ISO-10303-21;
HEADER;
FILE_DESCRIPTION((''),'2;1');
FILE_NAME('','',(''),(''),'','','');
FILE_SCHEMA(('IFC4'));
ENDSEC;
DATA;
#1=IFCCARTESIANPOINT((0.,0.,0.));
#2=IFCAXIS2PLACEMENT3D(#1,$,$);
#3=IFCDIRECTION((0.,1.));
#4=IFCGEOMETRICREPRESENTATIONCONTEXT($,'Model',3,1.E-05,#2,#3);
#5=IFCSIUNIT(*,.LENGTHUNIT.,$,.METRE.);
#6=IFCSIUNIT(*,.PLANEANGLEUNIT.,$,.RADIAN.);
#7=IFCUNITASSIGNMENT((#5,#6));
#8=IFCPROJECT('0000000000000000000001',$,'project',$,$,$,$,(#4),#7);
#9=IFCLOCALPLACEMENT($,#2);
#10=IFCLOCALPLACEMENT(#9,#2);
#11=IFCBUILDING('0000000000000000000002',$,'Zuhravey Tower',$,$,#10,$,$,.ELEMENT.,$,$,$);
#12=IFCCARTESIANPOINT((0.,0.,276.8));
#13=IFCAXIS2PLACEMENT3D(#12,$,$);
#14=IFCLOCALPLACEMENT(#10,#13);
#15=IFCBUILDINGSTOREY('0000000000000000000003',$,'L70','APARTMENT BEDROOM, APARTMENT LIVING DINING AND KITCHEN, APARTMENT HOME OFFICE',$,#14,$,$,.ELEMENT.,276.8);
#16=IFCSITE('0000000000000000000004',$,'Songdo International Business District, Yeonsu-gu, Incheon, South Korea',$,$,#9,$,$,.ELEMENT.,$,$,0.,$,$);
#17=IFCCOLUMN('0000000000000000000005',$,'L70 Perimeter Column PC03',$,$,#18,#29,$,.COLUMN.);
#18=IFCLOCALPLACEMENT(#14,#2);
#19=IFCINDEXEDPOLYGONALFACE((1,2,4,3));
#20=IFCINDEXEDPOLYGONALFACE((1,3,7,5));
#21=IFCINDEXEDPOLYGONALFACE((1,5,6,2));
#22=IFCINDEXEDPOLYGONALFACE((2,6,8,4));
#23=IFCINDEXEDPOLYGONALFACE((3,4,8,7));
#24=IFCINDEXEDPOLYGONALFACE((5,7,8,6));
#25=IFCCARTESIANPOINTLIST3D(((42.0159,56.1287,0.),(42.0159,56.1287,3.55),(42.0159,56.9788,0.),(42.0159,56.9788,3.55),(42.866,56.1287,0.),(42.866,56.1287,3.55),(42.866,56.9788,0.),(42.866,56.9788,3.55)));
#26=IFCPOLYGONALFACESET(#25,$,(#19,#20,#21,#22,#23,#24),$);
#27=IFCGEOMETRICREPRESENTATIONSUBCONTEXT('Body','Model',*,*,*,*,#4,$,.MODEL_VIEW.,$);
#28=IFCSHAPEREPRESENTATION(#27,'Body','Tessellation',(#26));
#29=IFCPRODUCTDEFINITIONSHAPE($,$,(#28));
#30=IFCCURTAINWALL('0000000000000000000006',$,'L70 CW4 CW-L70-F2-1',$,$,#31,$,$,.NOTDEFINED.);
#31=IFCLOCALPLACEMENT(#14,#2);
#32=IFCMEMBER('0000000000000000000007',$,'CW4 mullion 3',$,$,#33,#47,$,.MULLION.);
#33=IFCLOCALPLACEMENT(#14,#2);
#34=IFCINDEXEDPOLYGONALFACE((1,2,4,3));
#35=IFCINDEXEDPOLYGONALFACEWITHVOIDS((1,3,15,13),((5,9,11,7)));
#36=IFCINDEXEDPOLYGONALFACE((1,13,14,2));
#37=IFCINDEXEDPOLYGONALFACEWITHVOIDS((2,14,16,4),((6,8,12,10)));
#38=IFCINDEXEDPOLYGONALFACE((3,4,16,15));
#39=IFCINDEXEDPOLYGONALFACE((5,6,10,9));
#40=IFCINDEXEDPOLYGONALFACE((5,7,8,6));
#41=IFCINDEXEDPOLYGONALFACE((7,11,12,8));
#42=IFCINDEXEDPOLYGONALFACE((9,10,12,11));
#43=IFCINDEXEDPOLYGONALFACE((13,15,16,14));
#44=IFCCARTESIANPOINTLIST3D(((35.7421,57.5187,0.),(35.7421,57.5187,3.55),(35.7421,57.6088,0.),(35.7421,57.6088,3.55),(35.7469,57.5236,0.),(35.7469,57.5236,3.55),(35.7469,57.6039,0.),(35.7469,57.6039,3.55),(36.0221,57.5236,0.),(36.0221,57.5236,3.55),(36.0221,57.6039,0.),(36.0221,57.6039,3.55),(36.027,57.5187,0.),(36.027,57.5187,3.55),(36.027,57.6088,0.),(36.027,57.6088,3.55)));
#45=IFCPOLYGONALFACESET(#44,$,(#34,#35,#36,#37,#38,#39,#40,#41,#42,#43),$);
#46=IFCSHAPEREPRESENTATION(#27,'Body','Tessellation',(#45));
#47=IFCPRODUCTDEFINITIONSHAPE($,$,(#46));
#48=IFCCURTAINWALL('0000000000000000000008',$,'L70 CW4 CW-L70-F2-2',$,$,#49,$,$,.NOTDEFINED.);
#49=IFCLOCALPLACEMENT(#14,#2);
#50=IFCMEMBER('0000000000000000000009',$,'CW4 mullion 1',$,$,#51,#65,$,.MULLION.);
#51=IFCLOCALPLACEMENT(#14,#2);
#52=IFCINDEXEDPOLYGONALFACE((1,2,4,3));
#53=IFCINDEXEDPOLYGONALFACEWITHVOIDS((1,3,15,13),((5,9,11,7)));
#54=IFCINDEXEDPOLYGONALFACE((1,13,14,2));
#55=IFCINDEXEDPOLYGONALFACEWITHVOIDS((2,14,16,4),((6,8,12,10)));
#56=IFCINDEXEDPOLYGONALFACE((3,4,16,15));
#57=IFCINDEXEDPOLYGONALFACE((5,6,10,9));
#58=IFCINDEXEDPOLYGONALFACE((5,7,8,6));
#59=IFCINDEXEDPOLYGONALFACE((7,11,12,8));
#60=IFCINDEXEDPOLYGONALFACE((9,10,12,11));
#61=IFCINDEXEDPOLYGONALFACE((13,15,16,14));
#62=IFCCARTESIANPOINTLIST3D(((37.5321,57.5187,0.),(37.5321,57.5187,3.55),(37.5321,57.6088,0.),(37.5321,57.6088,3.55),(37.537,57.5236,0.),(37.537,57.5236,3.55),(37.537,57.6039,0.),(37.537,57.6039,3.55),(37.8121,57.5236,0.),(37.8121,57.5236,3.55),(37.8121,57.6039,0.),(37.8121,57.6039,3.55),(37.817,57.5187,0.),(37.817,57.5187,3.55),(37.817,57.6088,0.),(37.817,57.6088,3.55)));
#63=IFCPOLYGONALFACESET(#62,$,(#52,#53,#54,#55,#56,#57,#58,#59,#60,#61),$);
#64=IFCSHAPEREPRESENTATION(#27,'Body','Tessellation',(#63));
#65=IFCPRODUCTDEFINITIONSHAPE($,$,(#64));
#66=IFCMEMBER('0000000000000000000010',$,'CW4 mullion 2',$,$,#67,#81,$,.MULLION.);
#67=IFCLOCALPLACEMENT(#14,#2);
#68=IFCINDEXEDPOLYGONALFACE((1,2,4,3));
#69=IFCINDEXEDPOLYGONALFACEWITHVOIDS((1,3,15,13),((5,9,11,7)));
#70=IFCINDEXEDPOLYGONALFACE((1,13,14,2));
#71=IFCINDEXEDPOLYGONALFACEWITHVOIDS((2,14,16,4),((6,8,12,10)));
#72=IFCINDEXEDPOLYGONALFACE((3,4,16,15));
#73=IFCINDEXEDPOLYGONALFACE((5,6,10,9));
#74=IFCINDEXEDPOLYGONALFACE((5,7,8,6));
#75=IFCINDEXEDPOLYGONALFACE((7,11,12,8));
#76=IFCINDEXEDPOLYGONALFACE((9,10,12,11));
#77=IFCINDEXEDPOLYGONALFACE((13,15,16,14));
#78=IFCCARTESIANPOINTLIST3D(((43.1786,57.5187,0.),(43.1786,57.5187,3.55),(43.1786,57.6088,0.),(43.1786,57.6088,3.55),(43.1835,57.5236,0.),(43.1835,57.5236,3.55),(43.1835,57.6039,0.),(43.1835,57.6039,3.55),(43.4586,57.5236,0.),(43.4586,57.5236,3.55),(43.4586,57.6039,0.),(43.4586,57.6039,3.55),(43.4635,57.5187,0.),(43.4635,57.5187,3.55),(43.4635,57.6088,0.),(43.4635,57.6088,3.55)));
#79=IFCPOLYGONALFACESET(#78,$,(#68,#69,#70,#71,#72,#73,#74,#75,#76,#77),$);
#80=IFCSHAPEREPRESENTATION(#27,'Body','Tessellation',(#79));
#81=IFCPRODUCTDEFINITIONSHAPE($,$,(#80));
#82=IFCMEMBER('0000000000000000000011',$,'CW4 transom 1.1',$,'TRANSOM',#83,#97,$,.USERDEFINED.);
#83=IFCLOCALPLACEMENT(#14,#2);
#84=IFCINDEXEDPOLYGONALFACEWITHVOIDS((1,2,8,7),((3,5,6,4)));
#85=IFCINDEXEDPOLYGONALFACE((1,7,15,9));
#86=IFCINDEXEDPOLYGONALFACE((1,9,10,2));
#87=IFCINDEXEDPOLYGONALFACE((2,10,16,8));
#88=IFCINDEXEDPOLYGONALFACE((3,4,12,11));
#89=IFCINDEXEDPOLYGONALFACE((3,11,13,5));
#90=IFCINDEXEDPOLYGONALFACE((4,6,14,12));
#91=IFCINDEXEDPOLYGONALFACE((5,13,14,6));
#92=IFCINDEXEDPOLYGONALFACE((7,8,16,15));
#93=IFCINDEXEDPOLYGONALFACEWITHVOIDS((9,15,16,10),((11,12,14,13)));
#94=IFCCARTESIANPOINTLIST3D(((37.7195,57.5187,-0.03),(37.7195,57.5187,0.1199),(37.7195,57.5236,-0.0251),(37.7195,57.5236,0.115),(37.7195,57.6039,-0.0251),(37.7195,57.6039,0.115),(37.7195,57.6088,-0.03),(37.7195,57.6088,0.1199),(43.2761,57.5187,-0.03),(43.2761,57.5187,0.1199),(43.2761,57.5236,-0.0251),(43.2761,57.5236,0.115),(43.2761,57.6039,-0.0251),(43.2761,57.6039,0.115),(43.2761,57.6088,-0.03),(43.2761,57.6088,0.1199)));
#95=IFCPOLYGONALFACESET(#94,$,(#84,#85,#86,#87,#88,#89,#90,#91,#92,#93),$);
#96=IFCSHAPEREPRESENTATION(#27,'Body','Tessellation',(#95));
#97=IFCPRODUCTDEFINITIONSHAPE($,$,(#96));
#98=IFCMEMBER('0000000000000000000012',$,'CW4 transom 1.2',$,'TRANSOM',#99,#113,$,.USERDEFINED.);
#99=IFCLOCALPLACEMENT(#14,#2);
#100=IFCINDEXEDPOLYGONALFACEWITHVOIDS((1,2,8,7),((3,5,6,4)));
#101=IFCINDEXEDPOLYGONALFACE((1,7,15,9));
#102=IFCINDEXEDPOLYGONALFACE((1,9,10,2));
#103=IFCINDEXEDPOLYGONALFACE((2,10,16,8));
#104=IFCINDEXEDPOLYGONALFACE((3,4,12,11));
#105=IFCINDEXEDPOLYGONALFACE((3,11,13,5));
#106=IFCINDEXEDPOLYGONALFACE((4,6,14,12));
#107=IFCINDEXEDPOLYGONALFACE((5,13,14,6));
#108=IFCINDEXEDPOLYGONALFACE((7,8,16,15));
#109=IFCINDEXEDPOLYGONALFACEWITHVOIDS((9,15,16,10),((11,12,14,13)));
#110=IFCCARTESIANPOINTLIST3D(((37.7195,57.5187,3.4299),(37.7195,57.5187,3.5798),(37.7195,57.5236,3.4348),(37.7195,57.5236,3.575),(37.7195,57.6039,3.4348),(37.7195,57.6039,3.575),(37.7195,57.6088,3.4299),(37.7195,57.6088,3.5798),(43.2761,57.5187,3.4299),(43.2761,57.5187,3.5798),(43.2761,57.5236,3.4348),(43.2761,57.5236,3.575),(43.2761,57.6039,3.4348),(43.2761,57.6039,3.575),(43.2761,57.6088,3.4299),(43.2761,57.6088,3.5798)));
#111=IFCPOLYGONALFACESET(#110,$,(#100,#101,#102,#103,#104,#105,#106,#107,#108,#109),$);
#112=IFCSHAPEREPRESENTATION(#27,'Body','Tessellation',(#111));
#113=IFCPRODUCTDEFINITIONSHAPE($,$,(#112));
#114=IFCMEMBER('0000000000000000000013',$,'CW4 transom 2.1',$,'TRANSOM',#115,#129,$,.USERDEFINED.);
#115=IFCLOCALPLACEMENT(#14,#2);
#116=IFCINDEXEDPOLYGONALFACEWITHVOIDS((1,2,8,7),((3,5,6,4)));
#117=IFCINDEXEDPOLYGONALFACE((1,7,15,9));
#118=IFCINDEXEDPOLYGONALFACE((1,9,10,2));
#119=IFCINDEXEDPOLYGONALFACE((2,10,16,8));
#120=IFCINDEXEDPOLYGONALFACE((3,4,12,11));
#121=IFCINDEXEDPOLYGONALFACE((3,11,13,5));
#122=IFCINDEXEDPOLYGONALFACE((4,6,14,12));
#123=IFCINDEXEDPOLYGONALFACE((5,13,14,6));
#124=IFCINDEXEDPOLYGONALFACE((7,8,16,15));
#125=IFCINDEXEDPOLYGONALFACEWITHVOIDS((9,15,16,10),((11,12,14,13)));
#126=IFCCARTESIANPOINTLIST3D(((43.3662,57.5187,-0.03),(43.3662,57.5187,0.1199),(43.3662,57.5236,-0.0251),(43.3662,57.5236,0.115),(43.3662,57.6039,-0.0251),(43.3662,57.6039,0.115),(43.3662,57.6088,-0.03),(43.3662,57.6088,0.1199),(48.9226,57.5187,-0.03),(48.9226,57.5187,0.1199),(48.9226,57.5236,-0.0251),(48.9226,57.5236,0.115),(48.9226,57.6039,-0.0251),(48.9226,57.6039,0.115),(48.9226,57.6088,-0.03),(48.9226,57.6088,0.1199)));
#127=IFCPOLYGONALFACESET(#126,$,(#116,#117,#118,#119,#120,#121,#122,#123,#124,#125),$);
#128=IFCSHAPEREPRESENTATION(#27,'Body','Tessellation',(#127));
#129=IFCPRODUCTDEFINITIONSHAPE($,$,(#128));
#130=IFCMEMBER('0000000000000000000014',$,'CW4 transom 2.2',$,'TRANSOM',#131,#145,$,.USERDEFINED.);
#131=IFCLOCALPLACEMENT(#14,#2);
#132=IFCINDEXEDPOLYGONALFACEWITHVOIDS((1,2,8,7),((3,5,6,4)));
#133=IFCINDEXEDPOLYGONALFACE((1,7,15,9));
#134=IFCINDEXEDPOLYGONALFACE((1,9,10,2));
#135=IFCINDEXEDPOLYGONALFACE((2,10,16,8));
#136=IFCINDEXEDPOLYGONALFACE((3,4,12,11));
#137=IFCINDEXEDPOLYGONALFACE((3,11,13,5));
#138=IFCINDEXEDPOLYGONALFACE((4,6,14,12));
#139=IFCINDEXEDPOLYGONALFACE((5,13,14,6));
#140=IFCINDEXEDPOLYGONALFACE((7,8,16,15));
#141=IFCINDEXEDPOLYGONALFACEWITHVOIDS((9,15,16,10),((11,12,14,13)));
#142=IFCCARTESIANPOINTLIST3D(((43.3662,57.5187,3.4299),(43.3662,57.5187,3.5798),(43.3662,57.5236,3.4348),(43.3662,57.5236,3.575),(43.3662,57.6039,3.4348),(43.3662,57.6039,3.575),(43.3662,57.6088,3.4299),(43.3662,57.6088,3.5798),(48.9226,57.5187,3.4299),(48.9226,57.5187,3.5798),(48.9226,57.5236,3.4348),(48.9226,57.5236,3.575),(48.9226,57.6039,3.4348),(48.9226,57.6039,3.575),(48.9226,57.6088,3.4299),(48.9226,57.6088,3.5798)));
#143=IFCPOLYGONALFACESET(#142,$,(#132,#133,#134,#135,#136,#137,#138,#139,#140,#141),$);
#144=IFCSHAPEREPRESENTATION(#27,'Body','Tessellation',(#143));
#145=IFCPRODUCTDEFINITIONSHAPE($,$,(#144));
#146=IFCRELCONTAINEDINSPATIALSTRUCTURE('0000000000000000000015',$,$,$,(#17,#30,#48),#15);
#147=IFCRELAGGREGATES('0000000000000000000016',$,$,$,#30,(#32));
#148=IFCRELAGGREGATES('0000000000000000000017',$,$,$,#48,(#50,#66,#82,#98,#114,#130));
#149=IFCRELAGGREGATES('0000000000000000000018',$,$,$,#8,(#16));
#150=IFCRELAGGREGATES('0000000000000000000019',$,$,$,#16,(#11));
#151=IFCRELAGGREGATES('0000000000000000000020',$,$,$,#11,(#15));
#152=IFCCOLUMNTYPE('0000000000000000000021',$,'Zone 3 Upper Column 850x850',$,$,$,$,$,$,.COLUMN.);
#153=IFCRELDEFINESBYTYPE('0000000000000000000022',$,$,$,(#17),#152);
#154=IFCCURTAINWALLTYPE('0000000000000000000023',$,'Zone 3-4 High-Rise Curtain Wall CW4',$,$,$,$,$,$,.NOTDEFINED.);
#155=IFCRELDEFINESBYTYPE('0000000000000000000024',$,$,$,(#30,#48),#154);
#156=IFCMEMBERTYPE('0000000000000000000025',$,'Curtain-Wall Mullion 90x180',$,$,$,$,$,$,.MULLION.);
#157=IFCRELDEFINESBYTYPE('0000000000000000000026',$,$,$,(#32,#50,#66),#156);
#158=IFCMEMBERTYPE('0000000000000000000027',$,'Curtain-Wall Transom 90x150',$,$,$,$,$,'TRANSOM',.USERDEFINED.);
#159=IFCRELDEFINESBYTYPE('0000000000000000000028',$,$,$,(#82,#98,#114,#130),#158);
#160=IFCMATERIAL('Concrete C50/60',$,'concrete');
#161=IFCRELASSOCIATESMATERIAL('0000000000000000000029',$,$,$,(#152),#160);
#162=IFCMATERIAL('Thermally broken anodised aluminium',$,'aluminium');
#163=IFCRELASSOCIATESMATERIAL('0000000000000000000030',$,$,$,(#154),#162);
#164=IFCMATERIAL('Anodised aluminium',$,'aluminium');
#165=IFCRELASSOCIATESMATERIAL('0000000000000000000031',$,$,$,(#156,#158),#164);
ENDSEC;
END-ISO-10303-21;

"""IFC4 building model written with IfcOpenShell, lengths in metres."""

from ifc_helpers import new_model, si_unit, direction, frame, origin, origin_2d, place, context, subcontext, project, spatial, rectangle, hollow_rectangle, extrude, material, material_profile, profile_set, type_object, element, aggregate, save


model = new_model("IFC4")

# Units and contexts
model_context = context("Model", 3, precision=1e-05, world=origin(), true_north=direction((0.0, 1.0)))
body_context = subcontext(model_context, "Body", "Model", "MODEL_VIEW")
ifc_project = project(units=[si_unit("LENGTHUNIT", "METRE"), si_unit("PLANEANGLEUNIT", "RADIAN")], contexts=[model_context])

# Site, building, storey
site_placement = place(None, origin())
site = spatial("IfcSite", under=ifc_project, at=site_placement, Name="Songdo International Business District, Yeonsu-gu, Incheon, South Korea", CompositionType="ELEMENT", RefElevation=0.0)
building_placement = place(site_placement, origin())
building = spatial("IfcBuilding", under=site, at=building_placement, Name="Zuhravey Tower", CompositionType="ELEMENT")
storey_placement = place(building_placement, frame((0.0, 0.0, 276.8)))
storey = spatial("IfcBuildingStorey", under=building, at=storey_placement, Name="L70", Description="APARTMENT BEDROOM, APARTMENT LIVING DINING AND KITCHEN, APARTMENT HOME OFFICE", CompositionType="ELEMENT", Elevation=276.8)

# Column
ifc_material_1 = material(Name="Concrete C50/60", Category="concrete")
ifc_material_profile_1 = material_profile(ifc_material_1, rectangle(XDim=0.8501, YDim=0.8501, at=origin_2d()), Name="RC-850x850")
ifc_profile_set_1 = profile_set([ifc_material_profile_1], Name="Concrete C50/60")
column_type = type_object("IfcColumnType", Name="Zone 3 Upper Column 850x850", PredefinedType="COLUMN", material=ifc_profile_set_1)
column_placement = place(storey_placement, frame((42.4409, 56.5537, 0.0), z_axis=(0.0, 0.0, 1.0), x_axis=(-1.0, 0.0, 0.0)))
element("IfcColumn", 1, at=column_placement, inside=storey, type_object=column_type, Name="L70 Perimeter Column PC03", PredefinedType="COLUMN", context=body_context, shape_type="SweptSolid", body=[
    extrude(rectangle(XDim=0.8501, YDim=0.8501, at=origin_2d()), origin(), (0.0, 0.0, 1.0), 3.55),
])

# Curtain wall, member
ifc_material_2 = material(Name="Thermally broken anodised aluminium", Category="aluminium")
curtain_wall_type = type_object("IfcCurtainWallType", Name="Zone 3-4 High-Rise Curtain Wall CW4", PredefinedType="NOTDEFINED", material=ifc_material_2)
curtain_wall_1_placement = place(storey_placement, origin())
curtain_wall_1 = element("IfcCurtainWall", 2, at=curtain_wall_1_placement, inside=storey, type_object=curtain_wall_type, Name="L70 CW4 CW-L70-F2-1", PredefinedType="NOTDEFINED")
ifc_material_3 = material(Name="Anodised aluminium", Category="aluminium")
ifc_material_profile_2 = material_profile(ifc_material_3, hollow_rectangle(XDim=0.0901, YDim=0.2849, WallThickness=0.0049, at=origin_2d()), Name="ALU-RHS-90x285x5")
ifc_profile_set_2 = profile_set([ifc_material_profile_2], Name="Anodised aluminium")
member_type_1 = type_object("IfcMemberType", Name="Curtain-Wall Mullion 90x180", PredefinedType="MULLION", material=ifc_profile_set_2)
member_1_placement = place(storey_placement, frame((35.8845, 57.5637, 0.0), z_axis=(0.0, 0.0, 1.0), x_axis=(0.0, 1.0, 0.0)))
member_1 = element("IfcMember", 3, at=member_1_placement, type_object=member_type_1, Name="CW4 mullion 3", PredefinedType="MULLION", context=body_context, shape_type="SweptSolid", body=[
    extrude(hollow_rectangle(XDim=0.0901, YDim=0.2849, WallThickness=0.0049, at=origin_2d()), origin(), (0.0, 0.0, 1.0), 3.55),
])
aggregate(curtain_wall_1, [member_1])

# Curtain wall, members
curtain_wall_2_placement = place(storey_placement, origin())
curtain_wall_2 = element("IfcCurtainWall", 4, at=curtain_wall_2_placement, inside=storey, type_object=curtain_wall_type, Name="L70 CW4 CW-L70-F2-2", PredefinedType="NOTDEFINED")
member_2_placement = place(storey_placement, frame((37.6746, 57.5637, 0.0), z_axis=(0.0, 0.0, 1.0), x_axis=(0.0, 1.0, 0.0)))
member_2 = element("IfcMember", 5, at=member_2_placement, type_object=member_type_1, Name="CW4 mullion 1", PredefinedType="MULLION", context=body_context, shape_type="SweptSolid", body=[
    extrude(hollow_rectangle(XDim=0.0901, YDim=0.2849, WallThickness=0.0049, at=origin_2d()), origin(), (0.0, 0.0, 1.0), 3.55),
])
member_3_placement = place(storey_placement, frame((43.321, 57.5637, 0.0), z_axis=(0.0, 0.0, 1.0), x_axis=(0.0, 1.0, 0.0)))
member_3 = element("IfcMember", 6, at=member_3_placement, type_object=member_type_1, Name="CW4 mullion 2", PredefinedType="MULLION", context=body_context, shape_type="SweptSolid", body=[
    extrude(hollow_rectangle(XDim=0.0901, YDim=0.2849, WallThickness=0.0049, at=origin_2d()), origin(), (0.0, 0.0, 1.0), 3.55),
])
ifc_material_profile_3 = material_profile(ifc_material_3, hollow_rectangle(XDim=0.0901, YDim=0.1499, WallThickness=0.0049, at=origin_2d()), Name="ALU-RHS-90x150x5")
ifc_profile_set_3 = profile_set([ifc_material_profile_3], Name="Anodised aluminium")
member_type_2 = type_object("IfcMemberType", Name="Curtain-Wall Transom 90x150", ElementType="TRANSOM", PredefinedType="USERDEFINED", material=ifc_profile_set_3)
member_4_placement = place(storey_placement, frame((37.7195, 57.5637, 0.0449), z_axis=(1.0, 0.0, 0.0), x_axis=(0.0, 1.0, 0.0)))
member_4 = element("IfcMember", 7, at=member_4_placement, type_object=member_type_2, Name="CW4 transom 1.1", ObjectType="TRANSOM", PredefinedType="USERDEFINED", context=body_context, shape_type="SweptSolid", body=[
    extrude(hollow_rectangle(XDim=0.0901, YDim=0.1499, WallThickness=0.0049, at=origin_2d()), origin(), (0.0, 0.0, 1.0), 5.5566),
])
member_5_placement = place(storey_placement, frame((37.7195, 57.5637, 3.5049), z_axis=(1.0, 0.0, 0.0), x_axis=(0.0, 1.0, 0.0)))
member_5 = element("IfcMember", 8, at=member_5_placement, type_object=member_type_2, Name="CW4 transom 1.2", ObjectType="TRANSOM", PredefinedType="USERDEFINED", context=body_context, shape_type="SweptSolid", body=[
    extrude(hollow_rectangle(XDim=0.0901, YDim=0.1499, WallThickness=0.0049, at=origin_2d()), origin(), (0.0, 0.0, 1.0), 5.5566),
])
member_6_placement = place(storey_placement, frame((43.3662, 57.5637, 0.0449), z_axis=(1.0, 0.0, 0.0), x_axis=(0.0, 1.0, 0.0)))
member_6 = element("IfcMember", 9, at=member_6_placement, type_object=member_type_2, Name="CW4 transom 2.1", ObjectType="TRANSOM", PredefinedType="USERDEFINED", context=body_context, shape_type="SweptSolid", body=[
    extrude(hollow_rectangle(XDim=0.0901, YDim=0.1499, WallThickness=0.0049, at=origin_2d()), origin(), (0.0, 0.0, 1.0), 5.5564),
])
member_7_placement = place(storey_placement, frame((43.3662, 57.5637, 3.5049), z_axis=(1.0, 0.0, 0.0), x_axis=(0.0, 1.0, 0.0)))
member_7 = element("IfcMember", 10, at=member_7_placement, type_object=member_type_2, Name="CW4 transom 2.2", ObjectType="TRANSOM", PredefinedType="USERDEFINED", context=body_context, shape_type="SweptSolid", body=[
    extrude(hollow_rectangle(XDim=0.0901, YDim=0.1499, WallThickness=0.0049, at=origin_2d()), origin(), (0.0, 0.0, 1.0), 5.5564),
])

aggregate(curtain_wall_2, [member_2, member_3, member_4, member_5, member_6, member_7])

save(model, "model.ifc")
